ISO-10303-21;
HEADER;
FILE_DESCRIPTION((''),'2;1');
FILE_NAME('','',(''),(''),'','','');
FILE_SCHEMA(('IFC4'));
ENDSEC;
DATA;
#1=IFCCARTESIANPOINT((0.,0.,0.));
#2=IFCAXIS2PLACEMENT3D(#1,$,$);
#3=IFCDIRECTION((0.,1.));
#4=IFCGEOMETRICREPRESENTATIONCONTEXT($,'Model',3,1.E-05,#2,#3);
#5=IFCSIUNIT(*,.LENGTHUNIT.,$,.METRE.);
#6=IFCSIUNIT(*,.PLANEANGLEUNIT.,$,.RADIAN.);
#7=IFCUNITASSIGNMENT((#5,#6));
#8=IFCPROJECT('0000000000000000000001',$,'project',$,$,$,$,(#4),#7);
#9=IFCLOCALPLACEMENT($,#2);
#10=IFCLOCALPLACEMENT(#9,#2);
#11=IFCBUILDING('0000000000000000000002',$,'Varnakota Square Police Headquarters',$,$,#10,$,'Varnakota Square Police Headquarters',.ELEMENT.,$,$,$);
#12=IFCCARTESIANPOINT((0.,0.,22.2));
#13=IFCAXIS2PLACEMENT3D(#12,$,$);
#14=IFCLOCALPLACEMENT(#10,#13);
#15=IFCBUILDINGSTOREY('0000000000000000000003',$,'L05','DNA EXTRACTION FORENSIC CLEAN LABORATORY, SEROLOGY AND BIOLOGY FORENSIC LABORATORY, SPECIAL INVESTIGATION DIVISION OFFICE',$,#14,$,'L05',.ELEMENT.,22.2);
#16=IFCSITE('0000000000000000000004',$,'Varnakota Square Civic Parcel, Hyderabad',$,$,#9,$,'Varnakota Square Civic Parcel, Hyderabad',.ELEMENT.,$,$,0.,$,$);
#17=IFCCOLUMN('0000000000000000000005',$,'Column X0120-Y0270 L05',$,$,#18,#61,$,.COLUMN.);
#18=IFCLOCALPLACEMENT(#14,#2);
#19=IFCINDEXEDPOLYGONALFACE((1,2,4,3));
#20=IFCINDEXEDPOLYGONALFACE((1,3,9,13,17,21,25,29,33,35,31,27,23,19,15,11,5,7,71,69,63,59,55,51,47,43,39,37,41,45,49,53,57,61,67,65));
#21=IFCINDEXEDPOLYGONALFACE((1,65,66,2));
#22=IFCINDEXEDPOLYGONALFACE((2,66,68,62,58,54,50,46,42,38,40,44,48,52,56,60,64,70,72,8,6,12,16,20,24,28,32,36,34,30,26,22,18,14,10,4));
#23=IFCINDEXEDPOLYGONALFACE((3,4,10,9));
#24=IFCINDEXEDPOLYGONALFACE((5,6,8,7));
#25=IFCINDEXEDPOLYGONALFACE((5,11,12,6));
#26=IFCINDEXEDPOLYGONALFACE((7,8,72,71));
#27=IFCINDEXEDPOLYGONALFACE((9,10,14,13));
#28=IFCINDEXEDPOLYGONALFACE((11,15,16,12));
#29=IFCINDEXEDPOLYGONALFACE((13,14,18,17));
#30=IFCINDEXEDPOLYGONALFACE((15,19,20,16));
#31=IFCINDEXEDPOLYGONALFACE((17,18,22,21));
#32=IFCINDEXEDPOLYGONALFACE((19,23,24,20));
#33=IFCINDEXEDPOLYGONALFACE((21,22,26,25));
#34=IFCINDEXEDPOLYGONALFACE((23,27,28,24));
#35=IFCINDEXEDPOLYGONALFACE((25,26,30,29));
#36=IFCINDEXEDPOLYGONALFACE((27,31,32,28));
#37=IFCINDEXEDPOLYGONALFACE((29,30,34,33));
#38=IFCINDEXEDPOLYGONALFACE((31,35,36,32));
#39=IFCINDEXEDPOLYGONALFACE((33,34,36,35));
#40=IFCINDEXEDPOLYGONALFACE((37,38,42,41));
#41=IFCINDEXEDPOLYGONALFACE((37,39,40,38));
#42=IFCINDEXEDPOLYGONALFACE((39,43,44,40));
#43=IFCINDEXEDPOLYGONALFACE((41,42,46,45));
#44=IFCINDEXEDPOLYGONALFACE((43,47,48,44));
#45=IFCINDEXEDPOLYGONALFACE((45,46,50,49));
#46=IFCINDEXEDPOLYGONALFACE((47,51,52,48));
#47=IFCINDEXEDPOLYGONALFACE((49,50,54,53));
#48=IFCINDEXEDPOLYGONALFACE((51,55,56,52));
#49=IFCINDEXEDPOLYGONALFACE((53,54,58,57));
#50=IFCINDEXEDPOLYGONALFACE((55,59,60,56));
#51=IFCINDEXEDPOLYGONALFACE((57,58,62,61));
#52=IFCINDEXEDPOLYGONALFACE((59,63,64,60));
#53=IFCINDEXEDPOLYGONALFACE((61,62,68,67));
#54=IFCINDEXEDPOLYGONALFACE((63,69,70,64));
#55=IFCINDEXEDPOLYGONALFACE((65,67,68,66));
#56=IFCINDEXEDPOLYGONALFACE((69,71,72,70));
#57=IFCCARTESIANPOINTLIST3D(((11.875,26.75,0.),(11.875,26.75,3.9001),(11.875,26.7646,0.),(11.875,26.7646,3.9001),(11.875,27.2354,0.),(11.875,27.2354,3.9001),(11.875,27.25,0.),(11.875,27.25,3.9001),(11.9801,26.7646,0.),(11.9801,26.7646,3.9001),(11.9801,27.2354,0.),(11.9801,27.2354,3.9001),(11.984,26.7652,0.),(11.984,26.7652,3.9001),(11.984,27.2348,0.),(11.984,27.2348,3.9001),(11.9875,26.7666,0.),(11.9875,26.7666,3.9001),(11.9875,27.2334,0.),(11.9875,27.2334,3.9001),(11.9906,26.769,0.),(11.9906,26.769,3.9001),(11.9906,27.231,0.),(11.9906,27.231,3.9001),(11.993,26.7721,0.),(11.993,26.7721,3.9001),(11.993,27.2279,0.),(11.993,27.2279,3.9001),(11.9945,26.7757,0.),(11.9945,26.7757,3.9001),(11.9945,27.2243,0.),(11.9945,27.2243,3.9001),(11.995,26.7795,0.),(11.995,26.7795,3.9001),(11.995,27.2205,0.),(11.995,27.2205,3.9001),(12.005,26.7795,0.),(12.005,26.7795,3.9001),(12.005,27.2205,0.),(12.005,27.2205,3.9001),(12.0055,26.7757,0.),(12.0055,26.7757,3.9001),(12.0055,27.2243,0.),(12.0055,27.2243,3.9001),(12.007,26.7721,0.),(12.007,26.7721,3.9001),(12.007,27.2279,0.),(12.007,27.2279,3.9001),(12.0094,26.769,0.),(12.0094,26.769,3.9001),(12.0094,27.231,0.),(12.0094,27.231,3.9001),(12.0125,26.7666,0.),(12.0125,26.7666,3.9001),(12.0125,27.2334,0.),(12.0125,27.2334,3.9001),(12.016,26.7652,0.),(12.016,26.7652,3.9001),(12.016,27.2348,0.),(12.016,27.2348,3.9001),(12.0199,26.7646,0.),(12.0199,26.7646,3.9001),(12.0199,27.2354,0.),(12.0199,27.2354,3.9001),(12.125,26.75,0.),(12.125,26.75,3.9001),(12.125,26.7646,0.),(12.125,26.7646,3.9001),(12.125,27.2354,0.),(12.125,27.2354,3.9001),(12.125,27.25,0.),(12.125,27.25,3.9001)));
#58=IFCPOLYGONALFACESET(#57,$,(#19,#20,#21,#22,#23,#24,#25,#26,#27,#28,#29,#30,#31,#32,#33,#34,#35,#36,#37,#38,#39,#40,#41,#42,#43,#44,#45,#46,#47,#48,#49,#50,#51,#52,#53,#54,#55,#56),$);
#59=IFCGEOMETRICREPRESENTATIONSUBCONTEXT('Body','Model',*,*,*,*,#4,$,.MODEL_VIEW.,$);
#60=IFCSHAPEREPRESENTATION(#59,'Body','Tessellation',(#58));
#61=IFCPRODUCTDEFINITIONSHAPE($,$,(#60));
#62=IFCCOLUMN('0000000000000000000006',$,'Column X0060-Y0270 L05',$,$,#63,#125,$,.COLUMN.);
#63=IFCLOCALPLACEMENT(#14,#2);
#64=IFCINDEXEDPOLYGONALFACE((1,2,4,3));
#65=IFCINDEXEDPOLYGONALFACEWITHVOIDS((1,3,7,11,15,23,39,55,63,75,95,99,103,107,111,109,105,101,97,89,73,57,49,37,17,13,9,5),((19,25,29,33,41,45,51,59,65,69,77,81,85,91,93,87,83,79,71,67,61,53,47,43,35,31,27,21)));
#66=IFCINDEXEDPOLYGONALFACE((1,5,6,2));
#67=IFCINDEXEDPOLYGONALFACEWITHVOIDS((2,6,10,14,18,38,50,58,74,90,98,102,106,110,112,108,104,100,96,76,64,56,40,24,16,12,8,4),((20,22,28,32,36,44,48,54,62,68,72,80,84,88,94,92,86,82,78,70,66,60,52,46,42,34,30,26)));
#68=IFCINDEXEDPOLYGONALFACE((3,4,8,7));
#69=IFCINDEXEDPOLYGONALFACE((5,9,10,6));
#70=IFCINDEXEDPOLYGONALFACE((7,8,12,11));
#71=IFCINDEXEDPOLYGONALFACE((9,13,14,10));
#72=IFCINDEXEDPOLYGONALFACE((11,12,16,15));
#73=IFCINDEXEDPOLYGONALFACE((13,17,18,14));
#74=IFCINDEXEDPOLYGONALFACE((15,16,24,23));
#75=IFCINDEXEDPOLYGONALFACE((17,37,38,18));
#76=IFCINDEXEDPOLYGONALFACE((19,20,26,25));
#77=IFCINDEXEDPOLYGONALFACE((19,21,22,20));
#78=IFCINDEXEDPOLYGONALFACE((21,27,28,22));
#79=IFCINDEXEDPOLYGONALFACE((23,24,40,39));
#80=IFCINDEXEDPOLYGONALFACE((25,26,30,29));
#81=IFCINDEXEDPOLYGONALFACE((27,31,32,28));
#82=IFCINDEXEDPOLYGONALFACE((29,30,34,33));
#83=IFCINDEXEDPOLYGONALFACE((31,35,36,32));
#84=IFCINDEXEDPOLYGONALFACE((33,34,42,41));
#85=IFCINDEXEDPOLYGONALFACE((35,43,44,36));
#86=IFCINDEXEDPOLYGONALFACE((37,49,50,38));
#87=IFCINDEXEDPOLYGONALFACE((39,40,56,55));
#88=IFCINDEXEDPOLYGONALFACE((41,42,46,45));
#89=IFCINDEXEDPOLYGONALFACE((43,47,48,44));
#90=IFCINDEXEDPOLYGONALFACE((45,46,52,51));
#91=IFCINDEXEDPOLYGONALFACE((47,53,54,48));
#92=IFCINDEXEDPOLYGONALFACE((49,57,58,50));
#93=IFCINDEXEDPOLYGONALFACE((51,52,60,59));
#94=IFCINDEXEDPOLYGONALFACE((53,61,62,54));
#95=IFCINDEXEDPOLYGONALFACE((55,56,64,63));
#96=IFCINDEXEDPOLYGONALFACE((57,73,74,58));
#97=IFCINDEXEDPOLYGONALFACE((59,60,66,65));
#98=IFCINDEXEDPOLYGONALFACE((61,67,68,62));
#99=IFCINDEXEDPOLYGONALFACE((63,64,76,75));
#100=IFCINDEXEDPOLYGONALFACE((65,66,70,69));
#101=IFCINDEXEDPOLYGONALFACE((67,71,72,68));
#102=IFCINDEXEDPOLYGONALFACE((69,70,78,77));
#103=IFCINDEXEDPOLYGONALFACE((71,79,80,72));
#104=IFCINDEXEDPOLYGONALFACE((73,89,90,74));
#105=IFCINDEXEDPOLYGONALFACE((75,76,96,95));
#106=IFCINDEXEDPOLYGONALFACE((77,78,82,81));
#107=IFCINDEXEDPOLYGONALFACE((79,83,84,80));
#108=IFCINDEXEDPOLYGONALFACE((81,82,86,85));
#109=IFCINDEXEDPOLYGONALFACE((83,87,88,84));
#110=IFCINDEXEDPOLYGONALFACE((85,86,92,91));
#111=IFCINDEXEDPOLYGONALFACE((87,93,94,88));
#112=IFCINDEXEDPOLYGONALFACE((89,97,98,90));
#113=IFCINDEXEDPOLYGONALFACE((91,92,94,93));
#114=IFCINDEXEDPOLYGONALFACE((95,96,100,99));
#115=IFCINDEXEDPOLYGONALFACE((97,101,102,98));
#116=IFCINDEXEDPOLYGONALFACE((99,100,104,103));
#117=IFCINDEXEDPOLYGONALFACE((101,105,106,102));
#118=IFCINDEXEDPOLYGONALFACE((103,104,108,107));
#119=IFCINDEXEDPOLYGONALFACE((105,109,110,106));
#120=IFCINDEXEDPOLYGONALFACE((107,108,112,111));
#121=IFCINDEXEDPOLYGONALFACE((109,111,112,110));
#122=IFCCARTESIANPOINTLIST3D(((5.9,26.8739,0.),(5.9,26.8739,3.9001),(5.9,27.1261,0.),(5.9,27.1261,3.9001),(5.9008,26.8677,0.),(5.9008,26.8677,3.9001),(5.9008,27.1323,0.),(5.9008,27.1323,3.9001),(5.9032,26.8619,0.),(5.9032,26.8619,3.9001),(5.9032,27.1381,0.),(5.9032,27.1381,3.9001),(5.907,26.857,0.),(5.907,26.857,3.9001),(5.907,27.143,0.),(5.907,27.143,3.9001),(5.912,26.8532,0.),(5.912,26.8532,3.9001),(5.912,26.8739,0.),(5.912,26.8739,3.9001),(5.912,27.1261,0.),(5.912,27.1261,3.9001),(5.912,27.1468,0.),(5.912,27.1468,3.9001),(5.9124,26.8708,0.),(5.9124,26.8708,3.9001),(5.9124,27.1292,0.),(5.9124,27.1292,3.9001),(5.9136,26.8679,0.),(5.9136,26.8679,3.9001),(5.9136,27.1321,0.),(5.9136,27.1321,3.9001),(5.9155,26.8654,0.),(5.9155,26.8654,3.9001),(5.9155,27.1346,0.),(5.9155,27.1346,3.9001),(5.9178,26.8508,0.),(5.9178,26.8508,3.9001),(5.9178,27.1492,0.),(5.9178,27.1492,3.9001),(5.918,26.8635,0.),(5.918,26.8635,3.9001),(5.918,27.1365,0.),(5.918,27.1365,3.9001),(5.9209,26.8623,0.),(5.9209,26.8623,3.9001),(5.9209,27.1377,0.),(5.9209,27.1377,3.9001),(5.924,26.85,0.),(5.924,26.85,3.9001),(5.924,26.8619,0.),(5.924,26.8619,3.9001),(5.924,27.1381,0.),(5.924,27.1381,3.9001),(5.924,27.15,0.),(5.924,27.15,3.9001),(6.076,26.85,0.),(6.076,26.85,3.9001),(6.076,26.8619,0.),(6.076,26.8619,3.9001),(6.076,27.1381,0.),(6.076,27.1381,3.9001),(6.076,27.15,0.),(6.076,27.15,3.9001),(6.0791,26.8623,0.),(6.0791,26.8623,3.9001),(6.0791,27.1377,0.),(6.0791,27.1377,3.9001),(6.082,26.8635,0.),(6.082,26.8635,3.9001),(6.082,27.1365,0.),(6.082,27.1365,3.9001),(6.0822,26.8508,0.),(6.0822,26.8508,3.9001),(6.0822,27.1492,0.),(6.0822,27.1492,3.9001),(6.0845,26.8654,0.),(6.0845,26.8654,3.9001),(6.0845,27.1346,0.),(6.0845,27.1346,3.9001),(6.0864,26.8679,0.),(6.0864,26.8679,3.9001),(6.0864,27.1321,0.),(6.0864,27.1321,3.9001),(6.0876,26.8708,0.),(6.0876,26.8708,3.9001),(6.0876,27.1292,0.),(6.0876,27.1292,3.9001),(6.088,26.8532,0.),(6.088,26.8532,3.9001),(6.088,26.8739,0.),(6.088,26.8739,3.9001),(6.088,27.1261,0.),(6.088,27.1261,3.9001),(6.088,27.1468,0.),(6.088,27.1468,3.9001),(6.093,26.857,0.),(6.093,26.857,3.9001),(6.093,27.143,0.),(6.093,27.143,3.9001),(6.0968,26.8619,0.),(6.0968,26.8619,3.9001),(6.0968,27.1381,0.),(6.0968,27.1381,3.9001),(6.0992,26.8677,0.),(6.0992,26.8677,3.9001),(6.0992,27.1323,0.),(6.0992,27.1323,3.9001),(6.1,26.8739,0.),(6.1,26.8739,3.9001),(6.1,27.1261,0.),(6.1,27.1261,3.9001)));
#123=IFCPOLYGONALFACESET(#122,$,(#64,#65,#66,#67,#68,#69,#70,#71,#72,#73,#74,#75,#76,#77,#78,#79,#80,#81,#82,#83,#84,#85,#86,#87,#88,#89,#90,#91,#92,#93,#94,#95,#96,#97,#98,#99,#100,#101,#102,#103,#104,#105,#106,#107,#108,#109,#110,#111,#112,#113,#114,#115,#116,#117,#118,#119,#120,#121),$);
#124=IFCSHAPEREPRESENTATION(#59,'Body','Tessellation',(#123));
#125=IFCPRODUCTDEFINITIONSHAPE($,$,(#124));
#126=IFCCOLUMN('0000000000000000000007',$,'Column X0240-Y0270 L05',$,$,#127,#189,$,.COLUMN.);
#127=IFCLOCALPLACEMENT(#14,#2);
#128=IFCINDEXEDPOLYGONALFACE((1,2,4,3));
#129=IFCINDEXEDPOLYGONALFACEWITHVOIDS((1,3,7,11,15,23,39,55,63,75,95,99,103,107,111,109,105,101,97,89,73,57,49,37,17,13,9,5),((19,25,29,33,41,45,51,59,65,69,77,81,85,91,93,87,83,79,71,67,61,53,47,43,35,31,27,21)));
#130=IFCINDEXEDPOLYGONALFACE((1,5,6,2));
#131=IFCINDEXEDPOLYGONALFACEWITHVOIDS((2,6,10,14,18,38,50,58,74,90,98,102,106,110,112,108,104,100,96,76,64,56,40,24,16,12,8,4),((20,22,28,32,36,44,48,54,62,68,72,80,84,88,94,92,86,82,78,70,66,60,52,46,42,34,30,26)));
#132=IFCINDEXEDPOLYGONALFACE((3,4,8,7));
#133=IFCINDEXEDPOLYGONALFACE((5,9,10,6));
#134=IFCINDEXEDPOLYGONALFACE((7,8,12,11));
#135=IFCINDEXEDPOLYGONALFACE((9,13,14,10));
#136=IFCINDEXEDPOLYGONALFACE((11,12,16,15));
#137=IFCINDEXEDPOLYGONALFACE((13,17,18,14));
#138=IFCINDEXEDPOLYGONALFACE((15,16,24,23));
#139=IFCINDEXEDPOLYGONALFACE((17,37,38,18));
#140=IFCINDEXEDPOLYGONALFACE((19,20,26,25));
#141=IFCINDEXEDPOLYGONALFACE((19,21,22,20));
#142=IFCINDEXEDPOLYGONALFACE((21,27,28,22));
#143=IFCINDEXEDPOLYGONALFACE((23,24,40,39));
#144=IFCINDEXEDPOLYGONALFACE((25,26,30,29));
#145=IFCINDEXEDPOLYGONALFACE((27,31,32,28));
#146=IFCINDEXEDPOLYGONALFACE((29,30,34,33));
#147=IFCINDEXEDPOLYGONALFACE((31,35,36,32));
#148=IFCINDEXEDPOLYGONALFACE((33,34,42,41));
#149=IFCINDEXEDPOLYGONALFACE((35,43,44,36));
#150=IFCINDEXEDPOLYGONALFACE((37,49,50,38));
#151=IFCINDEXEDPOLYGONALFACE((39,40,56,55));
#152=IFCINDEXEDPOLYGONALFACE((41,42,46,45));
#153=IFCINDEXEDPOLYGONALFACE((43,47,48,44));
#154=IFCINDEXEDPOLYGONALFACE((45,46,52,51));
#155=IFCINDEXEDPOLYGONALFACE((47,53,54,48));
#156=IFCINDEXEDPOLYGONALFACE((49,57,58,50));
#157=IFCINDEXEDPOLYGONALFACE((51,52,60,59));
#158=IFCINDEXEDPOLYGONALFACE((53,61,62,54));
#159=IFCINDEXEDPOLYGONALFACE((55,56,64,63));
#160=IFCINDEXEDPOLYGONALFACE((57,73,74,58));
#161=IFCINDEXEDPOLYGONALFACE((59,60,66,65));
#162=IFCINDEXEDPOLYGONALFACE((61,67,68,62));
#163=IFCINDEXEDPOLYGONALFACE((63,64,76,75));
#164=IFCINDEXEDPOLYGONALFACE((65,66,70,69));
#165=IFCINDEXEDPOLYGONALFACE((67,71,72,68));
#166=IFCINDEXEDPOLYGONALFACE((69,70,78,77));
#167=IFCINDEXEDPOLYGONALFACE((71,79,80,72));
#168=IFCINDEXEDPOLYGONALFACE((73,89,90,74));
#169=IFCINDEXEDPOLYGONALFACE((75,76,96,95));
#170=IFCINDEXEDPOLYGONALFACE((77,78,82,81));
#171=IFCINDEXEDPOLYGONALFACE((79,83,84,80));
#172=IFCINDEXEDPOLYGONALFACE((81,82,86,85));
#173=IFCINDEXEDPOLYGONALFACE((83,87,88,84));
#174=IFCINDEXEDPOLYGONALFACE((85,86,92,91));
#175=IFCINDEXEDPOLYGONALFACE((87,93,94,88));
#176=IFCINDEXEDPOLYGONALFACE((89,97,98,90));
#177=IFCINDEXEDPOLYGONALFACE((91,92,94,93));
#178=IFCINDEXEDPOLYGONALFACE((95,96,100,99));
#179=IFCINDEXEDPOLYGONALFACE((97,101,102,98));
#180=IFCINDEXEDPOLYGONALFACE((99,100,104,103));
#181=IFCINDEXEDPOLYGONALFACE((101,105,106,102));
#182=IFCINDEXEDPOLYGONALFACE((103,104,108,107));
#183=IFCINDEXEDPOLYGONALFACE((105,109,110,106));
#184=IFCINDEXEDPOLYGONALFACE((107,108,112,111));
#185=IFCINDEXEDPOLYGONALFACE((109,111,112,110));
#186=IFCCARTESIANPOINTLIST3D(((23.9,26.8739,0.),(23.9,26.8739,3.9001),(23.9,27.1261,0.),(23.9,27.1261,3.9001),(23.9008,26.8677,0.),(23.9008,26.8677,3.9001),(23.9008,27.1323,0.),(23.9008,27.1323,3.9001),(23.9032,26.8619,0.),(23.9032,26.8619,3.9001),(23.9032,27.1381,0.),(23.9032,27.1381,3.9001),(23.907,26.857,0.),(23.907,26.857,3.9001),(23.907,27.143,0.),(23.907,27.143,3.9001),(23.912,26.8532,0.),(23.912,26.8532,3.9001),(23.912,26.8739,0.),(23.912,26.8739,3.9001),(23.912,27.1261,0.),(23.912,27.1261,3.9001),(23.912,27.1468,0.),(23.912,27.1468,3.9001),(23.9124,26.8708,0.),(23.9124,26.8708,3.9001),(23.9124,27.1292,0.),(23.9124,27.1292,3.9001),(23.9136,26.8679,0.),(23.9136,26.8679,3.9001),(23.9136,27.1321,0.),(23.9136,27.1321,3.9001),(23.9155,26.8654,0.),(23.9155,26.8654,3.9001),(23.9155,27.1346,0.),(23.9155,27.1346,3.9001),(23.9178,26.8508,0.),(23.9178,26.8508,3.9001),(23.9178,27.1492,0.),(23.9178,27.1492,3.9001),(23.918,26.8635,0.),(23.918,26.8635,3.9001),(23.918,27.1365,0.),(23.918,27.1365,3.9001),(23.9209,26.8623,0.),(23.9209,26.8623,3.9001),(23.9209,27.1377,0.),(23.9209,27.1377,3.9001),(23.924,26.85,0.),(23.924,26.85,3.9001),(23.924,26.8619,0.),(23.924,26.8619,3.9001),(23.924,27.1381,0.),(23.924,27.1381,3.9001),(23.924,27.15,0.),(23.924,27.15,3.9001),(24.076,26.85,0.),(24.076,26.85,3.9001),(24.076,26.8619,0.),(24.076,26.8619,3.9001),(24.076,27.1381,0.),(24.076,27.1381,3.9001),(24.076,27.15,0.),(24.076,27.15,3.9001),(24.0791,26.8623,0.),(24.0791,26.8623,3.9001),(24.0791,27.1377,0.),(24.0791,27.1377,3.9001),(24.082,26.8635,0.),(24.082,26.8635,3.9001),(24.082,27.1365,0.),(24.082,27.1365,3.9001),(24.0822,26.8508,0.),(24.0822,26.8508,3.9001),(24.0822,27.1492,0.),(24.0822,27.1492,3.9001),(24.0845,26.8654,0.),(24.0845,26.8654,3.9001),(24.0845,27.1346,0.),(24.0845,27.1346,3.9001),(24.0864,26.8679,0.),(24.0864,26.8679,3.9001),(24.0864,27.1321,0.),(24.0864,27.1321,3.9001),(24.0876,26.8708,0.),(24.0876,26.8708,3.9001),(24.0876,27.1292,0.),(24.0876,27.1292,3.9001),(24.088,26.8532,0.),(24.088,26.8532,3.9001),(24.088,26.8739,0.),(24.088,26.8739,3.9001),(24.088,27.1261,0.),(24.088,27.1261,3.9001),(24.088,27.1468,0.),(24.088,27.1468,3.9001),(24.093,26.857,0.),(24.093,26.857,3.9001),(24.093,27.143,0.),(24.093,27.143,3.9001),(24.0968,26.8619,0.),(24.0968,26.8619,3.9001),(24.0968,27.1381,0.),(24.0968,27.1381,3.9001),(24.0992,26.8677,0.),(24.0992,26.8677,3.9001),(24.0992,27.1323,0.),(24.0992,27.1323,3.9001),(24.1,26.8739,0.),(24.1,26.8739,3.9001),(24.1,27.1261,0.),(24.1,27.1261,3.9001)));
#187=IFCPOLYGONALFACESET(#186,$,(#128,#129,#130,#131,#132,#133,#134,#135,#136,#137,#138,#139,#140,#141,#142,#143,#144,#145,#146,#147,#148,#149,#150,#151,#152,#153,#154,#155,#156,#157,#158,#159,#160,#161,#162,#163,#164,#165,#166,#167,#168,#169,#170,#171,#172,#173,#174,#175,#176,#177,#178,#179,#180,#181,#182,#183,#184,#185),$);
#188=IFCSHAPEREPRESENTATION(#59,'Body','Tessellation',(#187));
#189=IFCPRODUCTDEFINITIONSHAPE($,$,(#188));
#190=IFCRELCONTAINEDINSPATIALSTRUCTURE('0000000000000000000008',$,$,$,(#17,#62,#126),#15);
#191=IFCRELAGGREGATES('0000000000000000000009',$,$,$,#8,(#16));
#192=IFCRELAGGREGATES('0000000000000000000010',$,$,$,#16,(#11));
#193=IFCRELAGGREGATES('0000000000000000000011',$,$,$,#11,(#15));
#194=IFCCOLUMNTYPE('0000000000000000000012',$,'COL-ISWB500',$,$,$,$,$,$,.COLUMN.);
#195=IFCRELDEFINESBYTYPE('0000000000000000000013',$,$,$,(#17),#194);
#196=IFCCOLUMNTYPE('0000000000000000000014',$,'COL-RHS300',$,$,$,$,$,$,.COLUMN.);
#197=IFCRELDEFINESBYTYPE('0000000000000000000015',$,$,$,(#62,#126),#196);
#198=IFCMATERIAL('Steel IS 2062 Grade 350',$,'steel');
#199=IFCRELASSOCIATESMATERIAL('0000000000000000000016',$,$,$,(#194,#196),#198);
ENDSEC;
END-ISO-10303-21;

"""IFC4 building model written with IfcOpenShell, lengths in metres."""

from ifc_helpers import new_model, si_unit, direction, frame, origin, origin_2d, place, context, subcontext, project, spatial, hollow_rectangle, i_section, extrude, material, material_profile, profile_set, type_object, element, save


model = new_model("IFC4")

# Units and contexts
model_context = context("Model", 3, precision=1e-05, world=origin(), true_north=direction((0.0, 1.0)))
body_context = subcontext(model_context, "Body", "Model", "MODEL_VIEW")
ifc_project = project(units=[si_unit("LENGTHUNIT", "METRE"), si_unit("PLANEANGLEUNIT", "RADIAN")], contexts=[model_context])

# Site, building, storey
site_placement = place(None, origin())
site = spatial("IfcSite", under=ifc_project, at=site_placement, Name="Varnakota Square Civic Parcel, Hyderabad", LongName="Varnakota Square Civic Parcel, Hyderabad", CompositionType="ELEMENT", RefElevation=0.0)
building_placement = place(site_placement, origin())
building = spatial("IfcBuilding", under=site, at=building_placement, Name="Varnakota Square Police Headquarters", LongName="Varnakota Square Police Headquarters", CompositionType="ELEMENT")
storey_placement = place(building_placement, frame((0.0, 0.0, 22.2)))
storey = spatial("IfcBuildingStorey", under=building, at=storey_placement, Name="L05", Description="DNA EXTRACTION FORENSIC CLEAN LABORATORY, SEROLOGY AND BIOLOGY FORENSIC LABORATORY, SPECIAL INVESTIGATION DIVISION OFFICE", LongName="L05", CompositionType="ELEMENT", Elevation=22.2)

# Columns
ifc_material_1 = material(Name="Steel IS 2062 Grade 350", Category="steel")
ifc_material_profile_1 = material_profile(ifc_material_1, i_section(OverallWidth=0.25, OverallDepth=0.5, WebThickness=0.01, FlangeThickness=0.0146, FilletRadius=0.0149, at=origin_2d()), Name="ISWB 500")
ifc_profile_set_1 = profile_set([ifc_material_profile_1], Name="Steel IS 2062 Grade 350")
column_type_1 = type_object("IfcColumnType", Name="COL-ISWB500", PredefinedType="COLUMN", material=ifc_profile_set_1)
column_placement = place(storey_placement, frame((12.0, 27.0, 0.0), z_axis=(0.0, 0.0, 1.0), x_axis=(1.0, 0.0, 0.0)))
element("IfcColumn", 1, at=column_placement, inside=storey, type_object=column_type_1, Name="Column X0120-Y0270 L05", PredefinedType="COLUMN", context=body_context, shape_type="SweptSolid", body=[
    extrude(i_section(OverallWidth=0.25, OverallDepth=0.5, WebThickness=0.01, FlangeThickness=0.0146, FilletRadius=0.0149, at=origin_2d()), origin(), (0.0, 0.0, 1.0), 3.9001),
])
ifc_material_profile_2 = material_profile(ifc_material_1, hollow_rectangle(XDim=0.2, YDim=0.3, WallThickness=0.012, InnerFilletRadius=0.012, OuterFilletRadius=0.0239, at=origin_2d()), Name="RHS 300x200x12")
ifc_profile_set_2 = profile_set([ifc_material_profile_2], Name="Steel IS 2062 Grade 350")
column_type_2 = type_object("IfcColumnType", Name="COL-RHS300", PredefinedType="COLUMN", material=ifc_profile_set_2)
for number, where, z_axis, x_axis, name in (
    (2, (6.0, 27.0, 0.0), (0.0, 0.0, 1.0), (1.0, 0.0, 0.0), "Column X0060-Y0270 L05"),
    (3, (24.0, 27.0, 0.0), (0.0, 0.0, 1.0), (1.0, 0.0, 0.0), "Column X0240-Y0270 L05"),
):
    element("IfcColumn", number, at=place(storey_placement, frame(where, z_axis=z_axis, x_axis=x_axis)), inside=storey, type_object=column_type_2, Name=name, PredefinedType="COLUMN", context=body_context, shape_type="SweptSolid", body=[
        extrude(hollow_rectangle(XDim=0.2, YDim=0.3, WallThickness=0.012, InnerFilletRadius=0.012, OuterFilletRadius=0.0239, at=origin_2d()), origin(), (0.0, 0.0, 1.0), 3.9001),
    ])

save(model, "model.ifc")
